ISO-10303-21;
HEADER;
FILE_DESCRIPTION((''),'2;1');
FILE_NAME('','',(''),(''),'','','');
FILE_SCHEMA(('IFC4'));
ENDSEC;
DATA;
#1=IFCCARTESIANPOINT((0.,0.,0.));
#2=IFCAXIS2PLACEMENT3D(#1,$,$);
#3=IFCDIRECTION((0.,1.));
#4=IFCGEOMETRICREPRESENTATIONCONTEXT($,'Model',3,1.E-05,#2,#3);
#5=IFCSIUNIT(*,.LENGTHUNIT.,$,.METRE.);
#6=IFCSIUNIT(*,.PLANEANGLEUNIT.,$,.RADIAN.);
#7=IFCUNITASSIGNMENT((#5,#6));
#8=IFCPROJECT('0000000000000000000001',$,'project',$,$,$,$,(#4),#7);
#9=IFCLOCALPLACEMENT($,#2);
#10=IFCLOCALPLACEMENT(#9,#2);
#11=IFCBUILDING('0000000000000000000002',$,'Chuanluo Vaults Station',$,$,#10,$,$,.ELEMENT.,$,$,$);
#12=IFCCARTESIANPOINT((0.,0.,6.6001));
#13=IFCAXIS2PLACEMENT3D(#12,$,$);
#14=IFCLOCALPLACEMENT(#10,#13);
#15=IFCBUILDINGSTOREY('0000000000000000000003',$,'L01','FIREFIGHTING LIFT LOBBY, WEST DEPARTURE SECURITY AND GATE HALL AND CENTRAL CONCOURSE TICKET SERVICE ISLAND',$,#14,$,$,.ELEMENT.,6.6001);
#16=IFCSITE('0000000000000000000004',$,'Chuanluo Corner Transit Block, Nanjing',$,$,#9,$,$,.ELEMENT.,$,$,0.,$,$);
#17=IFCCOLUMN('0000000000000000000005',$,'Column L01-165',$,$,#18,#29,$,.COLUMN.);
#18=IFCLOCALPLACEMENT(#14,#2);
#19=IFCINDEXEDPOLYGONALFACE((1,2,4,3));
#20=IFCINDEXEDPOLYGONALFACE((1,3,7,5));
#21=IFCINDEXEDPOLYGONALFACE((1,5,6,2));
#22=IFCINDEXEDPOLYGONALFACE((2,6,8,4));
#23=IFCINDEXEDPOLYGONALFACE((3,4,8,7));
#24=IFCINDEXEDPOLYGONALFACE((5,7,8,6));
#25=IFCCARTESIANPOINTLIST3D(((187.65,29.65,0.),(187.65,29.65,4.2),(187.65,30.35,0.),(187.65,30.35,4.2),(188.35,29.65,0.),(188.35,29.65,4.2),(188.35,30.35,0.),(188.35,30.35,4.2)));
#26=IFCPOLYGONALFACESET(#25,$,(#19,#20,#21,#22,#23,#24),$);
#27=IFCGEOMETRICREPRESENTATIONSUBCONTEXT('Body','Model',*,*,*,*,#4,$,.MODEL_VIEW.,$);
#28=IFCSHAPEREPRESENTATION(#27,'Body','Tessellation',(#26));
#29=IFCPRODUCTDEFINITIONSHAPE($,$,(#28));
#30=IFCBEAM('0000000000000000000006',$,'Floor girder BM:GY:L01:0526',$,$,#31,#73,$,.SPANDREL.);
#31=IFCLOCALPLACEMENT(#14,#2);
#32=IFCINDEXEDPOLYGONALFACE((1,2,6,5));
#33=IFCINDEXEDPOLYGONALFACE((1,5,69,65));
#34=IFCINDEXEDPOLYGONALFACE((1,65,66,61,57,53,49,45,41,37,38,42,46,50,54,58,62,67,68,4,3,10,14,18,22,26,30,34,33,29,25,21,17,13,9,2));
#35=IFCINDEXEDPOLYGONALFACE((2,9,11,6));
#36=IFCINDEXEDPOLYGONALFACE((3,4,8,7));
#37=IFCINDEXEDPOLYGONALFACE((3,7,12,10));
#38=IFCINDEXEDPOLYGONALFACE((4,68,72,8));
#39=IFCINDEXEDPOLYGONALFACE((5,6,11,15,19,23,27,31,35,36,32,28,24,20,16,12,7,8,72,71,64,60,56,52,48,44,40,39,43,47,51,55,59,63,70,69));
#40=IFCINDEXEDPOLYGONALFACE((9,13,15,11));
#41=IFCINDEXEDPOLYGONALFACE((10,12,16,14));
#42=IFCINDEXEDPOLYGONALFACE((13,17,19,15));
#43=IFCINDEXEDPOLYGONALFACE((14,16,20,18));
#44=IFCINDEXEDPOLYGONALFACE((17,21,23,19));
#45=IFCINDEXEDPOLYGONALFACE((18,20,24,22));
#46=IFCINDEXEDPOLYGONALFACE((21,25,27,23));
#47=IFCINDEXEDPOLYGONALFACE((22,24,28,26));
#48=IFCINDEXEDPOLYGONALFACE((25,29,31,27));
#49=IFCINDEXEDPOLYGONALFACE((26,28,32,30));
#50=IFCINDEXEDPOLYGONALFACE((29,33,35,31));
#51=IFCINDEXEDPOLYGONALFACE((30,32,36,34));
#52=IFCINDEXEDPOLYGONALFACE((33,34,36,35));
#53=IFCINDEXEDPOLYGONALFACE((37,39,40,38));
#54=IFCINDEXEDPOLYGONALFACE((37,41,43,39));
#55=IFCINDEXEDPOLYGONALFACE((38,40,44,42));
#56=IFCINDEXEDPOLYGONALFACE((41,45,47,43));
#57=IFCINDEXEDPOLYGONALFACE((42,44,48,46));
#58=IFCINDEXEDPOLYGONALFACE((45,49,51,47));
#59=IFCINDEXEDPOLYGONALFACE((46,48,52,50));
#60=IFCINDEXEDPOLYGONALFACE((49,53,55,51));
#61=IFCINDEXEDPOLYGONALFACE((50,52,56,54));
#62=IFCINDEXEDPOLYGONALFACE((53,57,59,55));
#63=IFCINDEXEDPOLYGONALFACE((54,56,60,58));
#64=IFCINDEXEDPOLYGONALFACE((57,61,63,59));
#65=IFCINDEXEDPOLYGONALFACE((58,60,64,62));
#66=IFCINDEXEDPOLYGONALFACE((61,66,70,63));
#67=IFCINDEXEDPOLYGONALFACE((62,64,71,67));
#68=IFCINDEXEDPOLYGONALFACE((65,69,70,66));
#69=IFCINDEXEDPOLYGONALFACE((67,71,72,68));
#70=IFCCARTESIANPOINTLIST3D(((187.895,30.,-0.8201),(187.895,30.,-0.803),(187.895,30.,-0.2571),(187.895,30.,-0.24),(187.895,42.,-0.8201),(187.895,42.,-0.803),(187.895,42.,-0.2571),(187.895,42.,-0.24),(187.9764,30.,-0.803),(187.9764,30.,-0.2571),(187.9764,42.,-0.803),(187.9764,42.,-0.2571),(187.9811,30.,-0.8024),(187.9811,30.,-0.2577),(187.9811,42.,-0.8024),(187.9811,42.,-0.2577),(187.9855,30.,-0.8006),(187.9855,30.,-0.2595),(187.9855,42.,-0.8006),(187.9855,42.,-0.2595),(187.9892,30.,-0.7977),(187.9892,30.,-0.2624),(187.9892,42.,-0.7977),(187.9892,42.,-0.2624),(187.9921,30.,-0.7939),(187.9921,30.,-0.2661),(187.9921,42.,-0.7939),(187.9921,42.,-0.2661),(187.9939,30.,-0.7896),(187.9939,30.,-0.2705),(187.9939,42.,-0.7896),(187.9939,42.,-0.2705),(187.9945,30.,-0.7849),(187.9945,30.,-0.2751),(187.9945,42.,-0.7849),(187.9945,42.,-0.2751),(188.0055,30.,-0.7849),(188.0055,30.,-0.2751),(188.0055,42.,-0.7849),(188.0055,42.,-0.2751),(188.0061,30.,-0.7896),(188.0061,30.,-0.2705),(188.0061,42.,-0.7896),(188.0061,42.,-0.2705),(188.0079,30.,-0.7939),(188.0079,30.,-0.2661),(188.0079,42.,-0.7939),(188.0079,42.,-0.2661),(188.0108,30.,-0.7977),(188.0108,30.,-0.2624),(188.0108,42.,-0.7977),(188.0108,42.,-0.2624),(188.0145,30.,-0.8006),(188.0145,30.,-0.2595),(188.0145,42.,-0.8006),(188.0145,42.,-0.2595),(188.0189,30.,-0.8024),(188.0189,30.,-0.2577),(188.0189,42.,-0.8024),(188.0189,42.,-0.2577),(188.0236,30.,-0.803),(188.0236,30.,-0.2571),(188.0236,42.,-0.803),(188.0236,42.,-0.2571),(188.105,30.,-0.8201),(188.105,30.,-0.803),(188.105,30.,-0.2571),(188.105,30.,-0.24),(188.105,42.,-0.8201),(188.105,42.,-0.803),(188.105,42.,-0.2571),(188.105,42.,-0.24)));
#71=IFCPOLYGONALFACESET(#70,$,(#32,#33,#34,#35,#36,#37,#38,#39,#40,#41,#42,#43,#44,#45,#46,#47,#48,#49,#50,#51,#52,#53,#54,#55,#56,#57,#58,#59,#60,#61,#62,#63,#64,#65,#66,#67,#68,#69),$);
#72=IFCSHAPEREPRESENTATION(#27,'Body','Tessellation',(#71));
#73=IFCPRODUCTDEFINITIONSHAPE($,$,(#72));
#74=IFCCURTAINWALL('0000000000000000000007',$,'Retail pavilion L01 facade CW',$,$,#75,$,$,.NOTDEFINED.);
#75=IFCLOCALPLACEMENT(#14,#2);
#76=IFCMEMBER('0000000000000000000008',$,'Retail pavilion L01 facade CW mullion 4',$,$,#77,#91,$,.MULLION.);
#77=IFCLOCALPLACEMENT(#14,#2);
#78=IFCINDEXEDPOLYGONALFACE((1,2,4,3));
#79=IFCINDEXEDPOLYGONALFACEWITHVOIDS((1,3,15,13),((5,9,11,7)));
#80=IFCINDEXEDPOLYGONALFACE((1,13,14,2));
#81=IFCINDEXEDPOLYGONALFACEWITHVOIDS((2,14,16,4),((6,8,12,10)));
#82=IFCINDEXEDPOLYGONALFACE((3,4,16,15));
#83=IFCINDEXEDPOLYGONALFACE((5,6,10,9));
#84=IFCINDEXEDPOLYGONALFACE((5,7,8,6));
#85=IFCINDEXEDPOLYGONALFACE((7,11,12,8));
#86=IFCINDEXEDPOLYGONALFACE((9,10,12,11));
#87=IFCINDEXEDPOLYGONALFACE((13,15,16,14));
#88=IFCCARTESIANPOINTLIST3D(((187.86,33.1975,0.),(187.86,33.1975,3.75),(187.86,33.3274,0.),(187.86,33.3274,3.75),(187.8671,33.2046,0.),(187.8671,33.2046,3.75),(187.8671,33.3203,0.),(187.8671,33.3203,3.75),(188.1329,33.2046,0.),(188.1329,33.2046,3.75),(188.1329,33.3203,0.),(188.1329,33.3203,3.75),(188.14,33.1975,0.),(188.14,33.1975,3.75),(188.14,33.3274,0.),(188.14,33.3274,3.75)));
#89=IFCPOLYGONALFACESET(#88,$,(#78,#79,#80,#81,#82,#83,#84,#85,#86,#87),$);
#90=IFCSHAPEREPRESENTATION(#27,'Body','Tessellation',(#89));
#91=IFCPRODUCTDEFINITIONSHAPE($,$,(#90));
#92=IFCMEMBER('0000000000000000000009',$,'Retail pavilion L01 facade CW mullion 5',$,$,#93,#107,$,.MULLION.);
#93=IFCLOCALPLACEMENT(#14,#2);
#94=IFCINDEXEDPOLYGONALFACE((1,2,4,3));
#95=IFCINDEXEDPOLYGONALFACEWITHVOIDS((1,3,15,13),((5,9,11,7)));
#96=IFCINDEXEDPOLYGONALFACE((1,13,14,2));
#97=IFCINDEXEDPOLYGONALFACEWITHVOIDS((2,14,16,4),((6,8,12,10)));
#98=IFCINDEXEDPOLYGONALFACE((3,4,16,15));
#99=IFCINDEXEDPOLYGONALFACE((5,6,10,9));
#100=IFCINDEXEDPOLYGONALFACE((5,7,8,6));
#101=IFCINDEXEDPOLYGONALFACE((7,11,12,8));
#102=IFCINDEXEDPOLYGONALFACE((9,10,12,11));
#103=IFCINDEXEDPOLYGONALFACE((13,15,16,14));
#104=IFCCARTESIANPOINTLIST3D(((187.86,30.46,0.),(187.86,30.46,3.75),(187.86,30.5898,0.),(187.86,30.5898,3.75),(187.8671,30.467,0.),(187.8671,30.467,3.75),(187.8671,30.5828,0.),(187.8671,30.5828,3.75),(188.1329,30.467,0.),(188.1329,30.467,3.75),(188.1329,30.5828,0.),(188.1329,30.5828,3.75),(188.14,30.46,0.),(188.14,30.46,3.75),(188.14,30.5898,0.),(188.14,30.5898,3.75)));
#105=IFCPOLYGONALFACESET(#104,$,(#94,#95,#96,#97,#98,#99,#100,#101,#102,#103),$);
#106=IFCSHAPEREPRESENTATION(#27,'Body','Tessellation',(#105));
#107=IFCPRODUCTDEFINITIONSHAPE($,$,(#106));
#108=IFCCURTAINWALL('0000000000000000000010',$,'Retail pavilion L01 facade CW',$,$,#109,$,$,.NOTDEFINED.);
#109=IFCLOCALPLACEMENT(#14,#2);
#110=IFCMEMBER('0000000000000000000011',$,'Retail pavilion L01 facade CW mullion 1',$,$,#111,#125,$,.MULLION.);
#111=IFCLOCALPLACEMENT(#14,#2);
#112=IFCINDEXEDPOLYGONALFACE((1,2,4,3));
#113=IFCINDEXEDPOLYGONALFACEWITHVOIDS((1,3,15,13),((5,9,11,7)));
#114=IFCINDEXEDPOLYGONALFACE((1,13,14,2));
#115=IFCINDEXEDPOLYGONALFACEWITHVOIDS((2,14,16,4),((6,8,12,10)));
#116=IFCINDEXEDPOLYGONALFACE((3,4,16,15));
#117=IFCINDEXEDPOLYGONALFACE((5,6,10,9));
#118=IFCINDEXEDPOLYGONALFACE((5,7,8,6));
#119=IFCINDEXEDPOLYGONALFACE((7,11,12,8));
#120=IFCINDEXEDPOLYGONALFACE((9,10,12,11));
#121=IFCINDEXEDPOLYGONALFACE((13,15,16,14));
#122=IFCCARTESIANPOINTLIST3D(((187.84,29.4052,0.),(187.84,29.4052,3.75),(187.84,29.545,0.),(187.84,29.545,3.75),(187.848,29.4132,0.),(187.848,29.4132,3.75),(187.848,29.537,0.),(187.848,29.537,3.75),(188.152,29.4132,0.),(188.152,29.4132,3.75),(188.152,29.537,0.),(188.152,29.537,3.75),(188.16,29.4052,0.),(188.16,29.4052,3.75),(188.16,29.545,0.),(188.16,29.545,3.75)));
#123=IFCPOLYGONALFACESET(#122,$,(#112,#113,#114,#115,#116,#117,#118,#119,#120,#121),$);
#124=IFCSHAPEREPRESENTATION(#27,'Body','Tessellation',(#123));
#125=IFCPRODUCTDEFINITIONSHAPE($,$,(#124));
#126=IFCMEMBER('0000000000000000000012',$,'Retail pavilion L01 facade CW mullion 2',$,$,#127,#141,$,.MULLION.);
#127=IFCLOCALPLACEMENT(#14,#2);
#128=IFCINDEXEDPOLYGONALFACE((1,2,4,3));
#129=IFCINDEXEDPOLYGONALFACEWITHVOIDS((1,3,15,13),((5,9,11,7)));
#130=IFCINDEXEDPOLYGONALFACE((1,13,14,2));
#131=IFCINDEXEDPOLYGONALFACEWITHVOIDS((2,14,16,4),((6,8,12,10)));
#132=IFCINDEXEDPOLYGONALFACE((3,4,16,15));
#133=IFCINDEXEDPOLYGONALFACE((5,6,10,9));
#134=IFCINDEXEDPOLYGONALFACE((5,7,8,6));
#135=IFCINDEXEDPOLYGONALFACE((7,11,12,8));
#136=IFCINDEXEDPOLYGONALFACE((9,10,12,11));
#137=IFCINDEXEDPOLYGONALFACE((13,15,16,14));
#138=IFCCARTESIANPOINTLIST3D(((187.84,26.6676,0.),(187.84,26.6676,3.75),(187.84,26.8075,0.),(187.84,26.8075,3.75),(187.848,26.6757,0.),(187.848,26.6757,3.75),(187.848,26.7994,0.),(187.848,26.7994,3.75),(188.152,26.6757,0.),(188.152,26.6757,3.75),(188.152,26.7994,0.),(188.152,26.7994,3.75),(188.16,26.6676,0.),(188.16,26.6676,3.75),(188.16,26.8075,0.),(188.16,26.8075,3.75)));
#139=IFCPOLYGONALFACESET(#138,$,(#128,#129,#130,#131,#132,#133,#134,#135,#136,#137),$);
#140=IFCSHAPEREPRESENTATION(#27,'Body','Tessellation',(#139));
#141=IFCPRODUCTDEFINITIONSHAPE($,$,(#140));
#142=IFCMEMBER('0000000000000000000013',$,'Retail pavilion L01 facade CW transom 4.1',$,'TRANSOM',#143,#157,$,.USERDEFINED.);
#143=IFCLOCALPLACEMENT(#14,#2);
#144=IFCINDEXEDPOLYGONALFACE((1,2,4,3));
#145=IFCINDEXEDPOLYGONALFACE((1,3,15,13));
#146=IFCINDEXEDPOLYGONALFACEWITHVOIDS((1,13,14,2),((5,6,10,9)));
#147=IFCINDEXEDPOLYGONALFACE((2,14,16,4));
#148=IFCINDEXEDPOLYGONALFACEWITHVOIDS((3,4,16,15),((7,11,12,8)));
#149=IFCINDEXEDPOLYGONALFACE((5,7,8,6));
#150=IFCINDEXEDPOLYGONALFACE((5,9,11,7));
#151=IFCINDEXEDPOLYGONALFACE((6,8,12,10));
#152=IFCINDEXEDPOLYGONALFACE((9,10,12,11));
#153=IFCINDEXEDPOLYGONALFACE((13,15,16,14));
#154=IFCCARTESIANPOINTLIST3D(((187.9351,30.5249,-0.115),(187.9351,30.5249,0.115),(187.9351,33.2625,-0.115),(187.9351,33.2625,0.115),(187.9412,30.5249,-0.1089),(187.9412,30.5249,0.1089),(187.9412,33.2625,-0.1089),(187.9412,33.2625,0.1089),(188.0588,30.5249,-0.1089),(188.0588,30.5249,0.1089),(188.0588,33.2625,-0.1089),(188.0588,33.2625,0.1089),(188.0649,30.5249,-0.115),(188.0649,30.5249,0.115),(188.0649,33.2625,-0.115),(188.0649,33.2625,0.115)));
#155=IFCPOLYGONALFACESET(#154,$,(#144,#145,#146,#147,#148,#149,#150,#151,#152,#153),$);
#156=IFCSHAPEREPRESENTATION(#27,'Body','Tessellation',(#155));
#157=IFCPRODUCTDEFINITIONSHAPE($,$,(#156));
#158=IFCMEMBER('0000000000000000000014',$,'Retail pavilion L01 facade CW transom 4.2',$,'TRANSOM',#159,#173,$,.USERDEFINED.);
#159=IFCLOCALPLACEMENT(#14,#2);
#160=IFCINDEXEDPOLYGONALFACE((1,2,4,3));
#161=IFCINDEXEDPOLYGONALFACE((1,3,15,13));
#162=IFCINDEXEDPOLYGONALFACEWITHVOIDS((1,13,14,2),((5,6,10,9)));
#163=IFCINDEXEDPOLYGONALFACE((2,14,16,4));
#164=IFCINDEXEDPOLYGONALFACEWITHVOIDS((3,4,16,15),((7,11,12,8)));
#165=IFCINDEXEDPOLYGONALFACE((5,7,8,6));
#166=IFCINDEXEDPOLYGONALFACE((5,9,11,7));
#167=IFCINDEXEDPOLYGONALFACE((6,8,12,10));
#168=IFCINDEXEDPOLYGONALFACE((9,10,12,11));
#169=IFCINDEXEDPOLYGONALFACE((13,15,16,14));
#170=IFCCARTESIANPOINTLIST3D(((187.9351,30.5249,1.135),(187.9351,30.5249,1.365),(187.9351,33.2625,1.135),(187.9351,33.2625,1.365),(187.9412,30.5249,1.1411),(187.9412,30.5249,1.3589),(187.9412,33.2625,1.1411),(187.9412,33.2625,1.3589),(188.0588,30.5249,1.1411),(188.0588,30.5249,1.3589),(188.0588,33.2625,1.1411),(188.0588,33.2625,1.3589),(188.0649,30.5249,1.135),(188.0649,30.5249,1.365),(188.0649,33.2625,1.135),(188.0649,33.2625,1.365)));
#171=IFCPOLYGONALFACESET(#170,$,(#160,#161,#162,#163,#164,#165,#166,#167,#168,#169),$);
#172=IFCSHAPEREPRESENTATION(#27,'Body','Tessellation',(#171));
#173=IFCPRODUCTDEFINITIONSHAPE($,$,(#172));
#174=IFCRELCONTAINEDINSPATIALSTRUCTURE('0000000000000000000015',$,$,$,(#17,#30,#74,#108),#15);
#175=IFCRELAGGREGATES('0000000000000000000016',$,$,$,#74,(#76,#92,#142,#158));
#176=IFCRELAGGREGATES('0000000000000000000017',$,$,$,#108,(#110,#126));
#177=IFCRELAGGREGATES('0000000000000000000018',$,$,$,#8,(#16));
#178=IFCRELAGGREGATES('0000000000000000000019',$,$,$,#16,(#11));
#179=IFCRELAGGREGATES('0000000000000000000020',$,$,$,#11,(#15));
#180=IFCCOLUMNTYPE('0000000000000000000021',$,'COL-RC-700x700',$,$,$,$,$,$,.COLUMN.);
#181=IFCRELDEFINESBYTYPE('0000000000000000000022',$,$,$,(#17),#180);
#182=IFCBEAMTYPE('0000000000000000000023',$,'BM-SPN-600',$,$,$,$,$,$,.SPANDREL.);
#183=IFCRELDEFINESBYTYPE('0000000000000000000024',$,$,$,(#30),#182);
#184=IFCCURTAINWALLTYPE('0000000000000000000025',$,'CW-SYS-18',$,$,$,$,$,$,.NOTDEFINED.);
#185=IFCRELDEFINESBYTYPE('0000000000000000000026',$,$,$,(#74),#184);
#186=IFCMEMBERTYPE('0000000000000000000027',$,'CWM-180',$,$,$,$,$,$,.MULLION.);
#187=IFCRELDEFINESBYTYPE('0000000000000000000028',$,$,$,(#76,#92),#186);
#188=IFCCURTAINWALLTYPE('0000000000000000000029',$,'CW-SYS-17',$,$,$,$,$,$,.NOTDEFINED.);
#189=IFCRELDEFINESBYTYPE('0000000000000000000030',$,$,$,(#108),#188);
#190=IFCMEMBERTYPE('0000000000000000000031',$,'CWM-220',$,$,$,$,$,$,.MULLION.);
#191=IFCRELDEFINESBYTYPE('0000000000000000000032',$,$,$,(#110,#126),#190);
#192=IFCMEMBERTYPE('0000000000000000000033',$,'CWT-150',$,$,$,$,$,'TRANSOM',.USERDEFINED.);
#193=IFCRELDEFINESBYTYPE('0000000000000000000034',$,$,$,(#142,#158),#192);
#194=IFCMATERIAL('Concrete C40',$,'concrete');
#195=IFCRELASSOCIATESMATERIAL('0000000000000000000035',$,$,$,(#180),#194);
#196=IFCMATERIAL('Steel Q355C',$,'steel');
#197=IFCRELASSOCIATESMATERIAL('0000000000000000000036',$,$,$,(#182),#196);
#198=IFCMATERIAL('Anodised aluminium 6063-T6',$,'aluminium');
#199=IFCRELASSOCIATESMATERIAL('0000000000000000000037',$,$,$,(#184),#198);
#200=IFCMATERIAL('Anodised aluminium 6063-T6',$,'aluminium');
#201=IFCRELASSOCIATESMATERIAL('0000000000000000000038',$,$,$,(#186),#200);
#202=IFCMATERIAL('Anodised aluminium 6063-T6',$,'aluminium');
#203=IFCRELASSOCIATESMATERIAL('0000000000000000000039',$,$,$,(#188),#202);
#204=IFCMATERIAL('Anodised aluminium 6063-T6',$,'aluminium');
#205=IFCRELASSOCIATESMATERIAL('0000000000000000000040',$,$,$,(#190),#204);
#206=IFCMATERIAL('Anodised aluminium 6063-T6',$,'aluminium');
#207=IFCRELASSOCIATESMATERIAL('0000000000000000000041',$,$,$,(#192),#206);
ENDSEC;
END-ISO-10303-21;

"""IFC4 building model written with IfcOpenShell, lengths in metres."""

from ifc_helpers import new_model, si_unit, direction, frame, origin, origin_2d, place, context, subcontext, project, spatial, rectangle, hollow_rectangle, i_section, extrude, material, material_profile, profile_set, type_object, element, aggregate, save


model = new_model("IFC4")

# Units and contexts
model_context = context("Model", 3, precision=1e-05, world=origin(), true_north=direction((0.0, 1.0)))
body_context = subcontext(model_context, "Body", "Model", "MODEL_VIEW")
ifc_project = project(units=[si_unit("LENGTHUNIT", "METRE"), si_unit("PLANEANGLEUNIT", "RADIAN")], contexts=[model_context])

# Site, building, storey
site_placement = place(None, origin())
site = spatial("IfcSite", under=ifc_project, at=site_placement, Name="Chuanluo Corner Transit Block, Nanjing", CompositionType="ELEMENT", RefElevation=0.0)
building_placement = place(site_placement, origin())
building = spatial("IfcBuilding", under=site, at=building_placement, Name="Chuanluo Vaults Station", CompositionType="ELEMENT")
storey_placement = place(building_placement, frame((0.0, 0.0, 6.6001)))
storey = spatial("IfcBuildingStorey", under=building, at=storey_placement, Name="L01", Description="FIREFIGHTING LIFT LOBBY, WEST DEPARTURE SECURITY AND GATE HALL AND CENTRAL CONCOURSE TICKET SERVICE ISLAND", CompositionType="ELEMENT", Elevation=6.6001)

# Column
ifc_material_1 = material(Name="Concrete C40", Category="concrete")
ifc_material_profile_1 = material_profile(ifc_material_1, rectangle(XDim=0.7, YDim=0.7, at=origin_2d()))
ifc_profile_set_1 = profile_set([ifc_material_profile_1], Name="Concrete C40")
column_type = type_object("IfcColumnType", Name="COL-RC-700x700", PredefinedType="COLUMN", material=ifc_profile_set_1)
column_placement = place(storey_placement, frame((188.0, 30.0, 0.0), z_axis=(0.0, 0.0, 1.0), x_axis=(1.0, 0.0, 0.0)))
element("IfcColumn", 1, at=column_placement, inside=storey, type_object=column_type, Name="Column L01-165", PredefinedType="COLUMN", context=body_context, shape_type="SweptSolid", body=[
    extrude(rectangle(XDim=0.7, YDim=0.7, at=origin_2d()), origin(), (0.0, 0.0, 1.0), 4.2),
])

# Beam
ifc_material_2 = material(Name="Steel Q355C", Category="steel")
ifc_material_profile_2 = material_profile(ifc_material_2, i_section(OverallWidth=0.21, OverallDepth=0.5801, WebThickness=0.011, FlangeThickness=0.0171, FilletRadius=0.0181, at=origin_2d()))
ifc_profile_set_2 = profile_set([ifc_material_profile_2], Name="Steel Q355C")
beam_type = type_object("IfcBeamType", Name="BM-SPN-600", PredefinedType="SPANDREL", material=ifc_profile_set_2)
beam_placement = place(storey_placement, frame((188.0, 30.0, -0.53), z_axis=(0.0, 1.0, 0.0), x_axis=(-1.0, 0.0, 0.0)))
element("IfcBeam", 2, at=beam_placement, inside=storey, type_object=beam_type, Name="Floor girder BM:GY:L01:0526", PredefinedType="SPANDREL", context=body_context, shape_type="SweptSolid", body=[
    extrude(i_section(OverallWidth=0.21, OverallDepth=0.5801, WebThickness=0.011, FlangeThickness=0.0171, FilletRadius=0.0181, at=origin_2d()), origin(), (0.0, 0.0, 1.0), 12.0),
])

# Curtain walls, members
ifc_material_3 = material(Name="Anodised aluminium 6063-T6", Category="aluminium")
curtain_wall_type_1 = type_object("IfcCurtainWallType", Name="CW-SYS-18", PredefinedType="NOTDEFINED", material=ifc_material_3)
curtain_wall_1_placement = place(storey_placement, origin())
curtain_wall_1 = element("IfcCurtainWall", 3, at=curtain_wall_1_placement, inside=storey, type_object=curtain_wall_type_1, Name="Retail pavilion L01 facade CW", PredefinedType="NOTDEFINED")
ifc_material_4 = material(Name="Anodised aluminium 6063-T6", Category="aluminium")
ifc_material_profile_3 = material_profile(ifc_material_4, hollow_rectangle(XDim=0.1299, YDim=0.28, WallThickness=0.0071, at=origin_2d()))
ifc_profile_set_3 = profile_set([ifc_material_profile_3], Name="Anodised aluminium 6063-T6")
member_type_1 = type_object("IfcMemberType", Name="CWM-180", PredefinedType="MULLION", material=ifc_profile_set_3)
member_1_placement = place(storey_placement, frame((188.0, 33.2625, 0.0), z_axis=(0.0, 0.0, 1.0), x_axis=(0.0, -1.0, 0.0)))
member_1 = element("IfcMember", 4, at=member_1_placement, type_object=member_type_1, Name="Retail pavilion L01 facade CW mullion 4", PredefinedType="MULLION", context=body_context, shape_type="SweptSolid", body=[
    extrude(hollow_rectangle(XDim=0.1299, YDim=0.28, WallThickness=0.0071, at=origin_2d()), origin(), (0.0, 0.0, 1.0), 3.75),
])
member_2_placement = place(storey_placement, frame((188.0, 30.5249, 0.0), z_axis=(0.0, 0.0, 1.0), x_axis=(0.0, -1.0, 0.0)))
member_2 = element("IfcMember", 5, at=member_2_placement, type_object=member_type_1, Name="Retail pavilion L01 facade CW mullion 5", PredefinedType="MULLION", context=body_context, shape_type="SweptSolid", body=[
    extrude(hollow_rectangle(XDim=0.1299, YDim=0.28, WallThickness=0.0071, at=origin_2d()), origin(), (0.0, 0.0, 1.0), 3.75),
])
ifc_material_5 = material(Name="Anodised aluminium 6063-T6", Category="aluminium")
curtain_wall_type_2 = type_object("IfcCurtainWallType", Name="CW-SYS-17", PredefinedType="NOTDEFINED", material=ifc_material_5)
curtain_wall_2_placement = place(storey_placement, origin())
curtain_wall_2 = element("IfcCurtainWall", 6, at=curtain_wall_2_placement, inside=storey, type_object=curtain_wall_type_2, Name="Retail pavilion L01 facade CW", PredefinedType="NOTDEFINED")
ifc_material_6 = material(Name="Anodised aluminium 6063-T6", Category="aluminium")
ifc_material_profile_4 = material_profile(ifc_material_6, hollow_rectangle(XDim=0.1399, YDim=0.3201, WallThickness=0.0081, at=origin_2d()))
ifc_profile_set_4 = profile_set([ifc_material_profile_4], Name="Anodised aluminium 6063-T6")
member_type_2 = type_object("IfcMemberType", Name="CWM-220", PredefinedType="MULLION", material=ifc_profile_set_4)
member_3_placement = place(storey_placement, frame((188.0, 29.4751, 0.0), z_axis=(0.0, 0.0, 1.0), x_axis=(0.0, -1.0, 0.0)))
member_3 = element("IfcMember", 7, at=member_3_placement, type_object=member_type_2, Name="Retail pavilion L01 facade CW mullion 1", PredefinedType="MULLION", context=body_context, shape_type="SweptSolid", body=[
    extrude(hollow_rectangle(XDim=0.1399, YDim=0.3201, WallThickness=0.0081, at=origin_2d()), origin(), (0.0, 0.0, 1.0), 3.75),
])
member_4_placement = place(storey_placement, frame((188.0, 26.7375, 0.0), z_axis=(0.0, 0.0, 1.0), x_axis=(0.0, -1.0, 0.0)))
member_4 = element("IfcMember", 8, at=member_4_placement, type_object=member_type_2, Name="Retail pavilion L01 facade CW mullion 2", PredefinedType="MULLION", context=body_context, shape_type="SweptSolid", body=[
    extrude(hollow_rectangle(XDim=0.1399, YDim=0.3201, WallThickness=0.0081, at=origin_2d()), origin(), (0.0, 0.0, 1.0), 3.75),
])

# Members
ifc_material_7 = material(Name="Anodised aluminium 6063-T6", Category="aluminium")
ifc_material_profile_5 = material_profile(ifc_material_7, hollow_rectangle(XDim=0.1299, YDim=0.23, WallThickness=0.0061, at=origin_2d()))
ifc_profile_set_5 = profile_set([ifc_material_profile_5], Name="Anodised aluminium 6063-T6")
member_type_3 = type_object("IfcMemberType", Name="CWT-150", ElementType="TRANSOM", PredefinedType="USERDEFINED", material=ifc_profile_set_5)
member_5_placement = place(storey_placement, frame((188.0, 33.2625, 0.0), z_axis=(0.0, -1.0, 0.0), x_axis=(1.0, 0.0, 0.0)))
member_5 = element("IfcMember", 9, at=member_5_placement, type_object=member_type_3, Name="Retail pavilion L01 facade CW transom 4.1", ObjectType="TRANSOM", PredefinedType="USERDEFINED", context=body_context, shape_type="SweptSolid", body=[
    extrude(hollow_rectangle(XDim=0.1299, YDim=0.23, WallThickness=0.0061, at=origin_2d()), origin(), (0.0, 0.0, 1.0), 2.7375),
])
member_6_placement = place(storey_placement, frame((188.0, 33.2625, 1.25), z_axis=(0.0, -1.0, 0.0), x_axis=(1.0, 0.0, 0.0)))
member_6 = element("IfcMember", 10, at=member_6_placement, type_object=member_type_3, Name="Retail pavilion L01 facade CW transom 4.2", ObjectType="TRANSOM", PredefinedType="USERDEFINED", context=body_context, shape_type="SweptSolid", body=[
    extrude(hollow_rectangle(XDim=0.1299, YDim=0.23, WallThickness=0.0061, at=origin_2d()), origin(), (0.0, 0.0, 1.0), 2.7375),
])

aggregate(curtain_wall_1, [member_1, member_2, member_5, member_6])
aggregate(curtain_wall_2, [member_3, member_4])

save(model, "model.ifc")
